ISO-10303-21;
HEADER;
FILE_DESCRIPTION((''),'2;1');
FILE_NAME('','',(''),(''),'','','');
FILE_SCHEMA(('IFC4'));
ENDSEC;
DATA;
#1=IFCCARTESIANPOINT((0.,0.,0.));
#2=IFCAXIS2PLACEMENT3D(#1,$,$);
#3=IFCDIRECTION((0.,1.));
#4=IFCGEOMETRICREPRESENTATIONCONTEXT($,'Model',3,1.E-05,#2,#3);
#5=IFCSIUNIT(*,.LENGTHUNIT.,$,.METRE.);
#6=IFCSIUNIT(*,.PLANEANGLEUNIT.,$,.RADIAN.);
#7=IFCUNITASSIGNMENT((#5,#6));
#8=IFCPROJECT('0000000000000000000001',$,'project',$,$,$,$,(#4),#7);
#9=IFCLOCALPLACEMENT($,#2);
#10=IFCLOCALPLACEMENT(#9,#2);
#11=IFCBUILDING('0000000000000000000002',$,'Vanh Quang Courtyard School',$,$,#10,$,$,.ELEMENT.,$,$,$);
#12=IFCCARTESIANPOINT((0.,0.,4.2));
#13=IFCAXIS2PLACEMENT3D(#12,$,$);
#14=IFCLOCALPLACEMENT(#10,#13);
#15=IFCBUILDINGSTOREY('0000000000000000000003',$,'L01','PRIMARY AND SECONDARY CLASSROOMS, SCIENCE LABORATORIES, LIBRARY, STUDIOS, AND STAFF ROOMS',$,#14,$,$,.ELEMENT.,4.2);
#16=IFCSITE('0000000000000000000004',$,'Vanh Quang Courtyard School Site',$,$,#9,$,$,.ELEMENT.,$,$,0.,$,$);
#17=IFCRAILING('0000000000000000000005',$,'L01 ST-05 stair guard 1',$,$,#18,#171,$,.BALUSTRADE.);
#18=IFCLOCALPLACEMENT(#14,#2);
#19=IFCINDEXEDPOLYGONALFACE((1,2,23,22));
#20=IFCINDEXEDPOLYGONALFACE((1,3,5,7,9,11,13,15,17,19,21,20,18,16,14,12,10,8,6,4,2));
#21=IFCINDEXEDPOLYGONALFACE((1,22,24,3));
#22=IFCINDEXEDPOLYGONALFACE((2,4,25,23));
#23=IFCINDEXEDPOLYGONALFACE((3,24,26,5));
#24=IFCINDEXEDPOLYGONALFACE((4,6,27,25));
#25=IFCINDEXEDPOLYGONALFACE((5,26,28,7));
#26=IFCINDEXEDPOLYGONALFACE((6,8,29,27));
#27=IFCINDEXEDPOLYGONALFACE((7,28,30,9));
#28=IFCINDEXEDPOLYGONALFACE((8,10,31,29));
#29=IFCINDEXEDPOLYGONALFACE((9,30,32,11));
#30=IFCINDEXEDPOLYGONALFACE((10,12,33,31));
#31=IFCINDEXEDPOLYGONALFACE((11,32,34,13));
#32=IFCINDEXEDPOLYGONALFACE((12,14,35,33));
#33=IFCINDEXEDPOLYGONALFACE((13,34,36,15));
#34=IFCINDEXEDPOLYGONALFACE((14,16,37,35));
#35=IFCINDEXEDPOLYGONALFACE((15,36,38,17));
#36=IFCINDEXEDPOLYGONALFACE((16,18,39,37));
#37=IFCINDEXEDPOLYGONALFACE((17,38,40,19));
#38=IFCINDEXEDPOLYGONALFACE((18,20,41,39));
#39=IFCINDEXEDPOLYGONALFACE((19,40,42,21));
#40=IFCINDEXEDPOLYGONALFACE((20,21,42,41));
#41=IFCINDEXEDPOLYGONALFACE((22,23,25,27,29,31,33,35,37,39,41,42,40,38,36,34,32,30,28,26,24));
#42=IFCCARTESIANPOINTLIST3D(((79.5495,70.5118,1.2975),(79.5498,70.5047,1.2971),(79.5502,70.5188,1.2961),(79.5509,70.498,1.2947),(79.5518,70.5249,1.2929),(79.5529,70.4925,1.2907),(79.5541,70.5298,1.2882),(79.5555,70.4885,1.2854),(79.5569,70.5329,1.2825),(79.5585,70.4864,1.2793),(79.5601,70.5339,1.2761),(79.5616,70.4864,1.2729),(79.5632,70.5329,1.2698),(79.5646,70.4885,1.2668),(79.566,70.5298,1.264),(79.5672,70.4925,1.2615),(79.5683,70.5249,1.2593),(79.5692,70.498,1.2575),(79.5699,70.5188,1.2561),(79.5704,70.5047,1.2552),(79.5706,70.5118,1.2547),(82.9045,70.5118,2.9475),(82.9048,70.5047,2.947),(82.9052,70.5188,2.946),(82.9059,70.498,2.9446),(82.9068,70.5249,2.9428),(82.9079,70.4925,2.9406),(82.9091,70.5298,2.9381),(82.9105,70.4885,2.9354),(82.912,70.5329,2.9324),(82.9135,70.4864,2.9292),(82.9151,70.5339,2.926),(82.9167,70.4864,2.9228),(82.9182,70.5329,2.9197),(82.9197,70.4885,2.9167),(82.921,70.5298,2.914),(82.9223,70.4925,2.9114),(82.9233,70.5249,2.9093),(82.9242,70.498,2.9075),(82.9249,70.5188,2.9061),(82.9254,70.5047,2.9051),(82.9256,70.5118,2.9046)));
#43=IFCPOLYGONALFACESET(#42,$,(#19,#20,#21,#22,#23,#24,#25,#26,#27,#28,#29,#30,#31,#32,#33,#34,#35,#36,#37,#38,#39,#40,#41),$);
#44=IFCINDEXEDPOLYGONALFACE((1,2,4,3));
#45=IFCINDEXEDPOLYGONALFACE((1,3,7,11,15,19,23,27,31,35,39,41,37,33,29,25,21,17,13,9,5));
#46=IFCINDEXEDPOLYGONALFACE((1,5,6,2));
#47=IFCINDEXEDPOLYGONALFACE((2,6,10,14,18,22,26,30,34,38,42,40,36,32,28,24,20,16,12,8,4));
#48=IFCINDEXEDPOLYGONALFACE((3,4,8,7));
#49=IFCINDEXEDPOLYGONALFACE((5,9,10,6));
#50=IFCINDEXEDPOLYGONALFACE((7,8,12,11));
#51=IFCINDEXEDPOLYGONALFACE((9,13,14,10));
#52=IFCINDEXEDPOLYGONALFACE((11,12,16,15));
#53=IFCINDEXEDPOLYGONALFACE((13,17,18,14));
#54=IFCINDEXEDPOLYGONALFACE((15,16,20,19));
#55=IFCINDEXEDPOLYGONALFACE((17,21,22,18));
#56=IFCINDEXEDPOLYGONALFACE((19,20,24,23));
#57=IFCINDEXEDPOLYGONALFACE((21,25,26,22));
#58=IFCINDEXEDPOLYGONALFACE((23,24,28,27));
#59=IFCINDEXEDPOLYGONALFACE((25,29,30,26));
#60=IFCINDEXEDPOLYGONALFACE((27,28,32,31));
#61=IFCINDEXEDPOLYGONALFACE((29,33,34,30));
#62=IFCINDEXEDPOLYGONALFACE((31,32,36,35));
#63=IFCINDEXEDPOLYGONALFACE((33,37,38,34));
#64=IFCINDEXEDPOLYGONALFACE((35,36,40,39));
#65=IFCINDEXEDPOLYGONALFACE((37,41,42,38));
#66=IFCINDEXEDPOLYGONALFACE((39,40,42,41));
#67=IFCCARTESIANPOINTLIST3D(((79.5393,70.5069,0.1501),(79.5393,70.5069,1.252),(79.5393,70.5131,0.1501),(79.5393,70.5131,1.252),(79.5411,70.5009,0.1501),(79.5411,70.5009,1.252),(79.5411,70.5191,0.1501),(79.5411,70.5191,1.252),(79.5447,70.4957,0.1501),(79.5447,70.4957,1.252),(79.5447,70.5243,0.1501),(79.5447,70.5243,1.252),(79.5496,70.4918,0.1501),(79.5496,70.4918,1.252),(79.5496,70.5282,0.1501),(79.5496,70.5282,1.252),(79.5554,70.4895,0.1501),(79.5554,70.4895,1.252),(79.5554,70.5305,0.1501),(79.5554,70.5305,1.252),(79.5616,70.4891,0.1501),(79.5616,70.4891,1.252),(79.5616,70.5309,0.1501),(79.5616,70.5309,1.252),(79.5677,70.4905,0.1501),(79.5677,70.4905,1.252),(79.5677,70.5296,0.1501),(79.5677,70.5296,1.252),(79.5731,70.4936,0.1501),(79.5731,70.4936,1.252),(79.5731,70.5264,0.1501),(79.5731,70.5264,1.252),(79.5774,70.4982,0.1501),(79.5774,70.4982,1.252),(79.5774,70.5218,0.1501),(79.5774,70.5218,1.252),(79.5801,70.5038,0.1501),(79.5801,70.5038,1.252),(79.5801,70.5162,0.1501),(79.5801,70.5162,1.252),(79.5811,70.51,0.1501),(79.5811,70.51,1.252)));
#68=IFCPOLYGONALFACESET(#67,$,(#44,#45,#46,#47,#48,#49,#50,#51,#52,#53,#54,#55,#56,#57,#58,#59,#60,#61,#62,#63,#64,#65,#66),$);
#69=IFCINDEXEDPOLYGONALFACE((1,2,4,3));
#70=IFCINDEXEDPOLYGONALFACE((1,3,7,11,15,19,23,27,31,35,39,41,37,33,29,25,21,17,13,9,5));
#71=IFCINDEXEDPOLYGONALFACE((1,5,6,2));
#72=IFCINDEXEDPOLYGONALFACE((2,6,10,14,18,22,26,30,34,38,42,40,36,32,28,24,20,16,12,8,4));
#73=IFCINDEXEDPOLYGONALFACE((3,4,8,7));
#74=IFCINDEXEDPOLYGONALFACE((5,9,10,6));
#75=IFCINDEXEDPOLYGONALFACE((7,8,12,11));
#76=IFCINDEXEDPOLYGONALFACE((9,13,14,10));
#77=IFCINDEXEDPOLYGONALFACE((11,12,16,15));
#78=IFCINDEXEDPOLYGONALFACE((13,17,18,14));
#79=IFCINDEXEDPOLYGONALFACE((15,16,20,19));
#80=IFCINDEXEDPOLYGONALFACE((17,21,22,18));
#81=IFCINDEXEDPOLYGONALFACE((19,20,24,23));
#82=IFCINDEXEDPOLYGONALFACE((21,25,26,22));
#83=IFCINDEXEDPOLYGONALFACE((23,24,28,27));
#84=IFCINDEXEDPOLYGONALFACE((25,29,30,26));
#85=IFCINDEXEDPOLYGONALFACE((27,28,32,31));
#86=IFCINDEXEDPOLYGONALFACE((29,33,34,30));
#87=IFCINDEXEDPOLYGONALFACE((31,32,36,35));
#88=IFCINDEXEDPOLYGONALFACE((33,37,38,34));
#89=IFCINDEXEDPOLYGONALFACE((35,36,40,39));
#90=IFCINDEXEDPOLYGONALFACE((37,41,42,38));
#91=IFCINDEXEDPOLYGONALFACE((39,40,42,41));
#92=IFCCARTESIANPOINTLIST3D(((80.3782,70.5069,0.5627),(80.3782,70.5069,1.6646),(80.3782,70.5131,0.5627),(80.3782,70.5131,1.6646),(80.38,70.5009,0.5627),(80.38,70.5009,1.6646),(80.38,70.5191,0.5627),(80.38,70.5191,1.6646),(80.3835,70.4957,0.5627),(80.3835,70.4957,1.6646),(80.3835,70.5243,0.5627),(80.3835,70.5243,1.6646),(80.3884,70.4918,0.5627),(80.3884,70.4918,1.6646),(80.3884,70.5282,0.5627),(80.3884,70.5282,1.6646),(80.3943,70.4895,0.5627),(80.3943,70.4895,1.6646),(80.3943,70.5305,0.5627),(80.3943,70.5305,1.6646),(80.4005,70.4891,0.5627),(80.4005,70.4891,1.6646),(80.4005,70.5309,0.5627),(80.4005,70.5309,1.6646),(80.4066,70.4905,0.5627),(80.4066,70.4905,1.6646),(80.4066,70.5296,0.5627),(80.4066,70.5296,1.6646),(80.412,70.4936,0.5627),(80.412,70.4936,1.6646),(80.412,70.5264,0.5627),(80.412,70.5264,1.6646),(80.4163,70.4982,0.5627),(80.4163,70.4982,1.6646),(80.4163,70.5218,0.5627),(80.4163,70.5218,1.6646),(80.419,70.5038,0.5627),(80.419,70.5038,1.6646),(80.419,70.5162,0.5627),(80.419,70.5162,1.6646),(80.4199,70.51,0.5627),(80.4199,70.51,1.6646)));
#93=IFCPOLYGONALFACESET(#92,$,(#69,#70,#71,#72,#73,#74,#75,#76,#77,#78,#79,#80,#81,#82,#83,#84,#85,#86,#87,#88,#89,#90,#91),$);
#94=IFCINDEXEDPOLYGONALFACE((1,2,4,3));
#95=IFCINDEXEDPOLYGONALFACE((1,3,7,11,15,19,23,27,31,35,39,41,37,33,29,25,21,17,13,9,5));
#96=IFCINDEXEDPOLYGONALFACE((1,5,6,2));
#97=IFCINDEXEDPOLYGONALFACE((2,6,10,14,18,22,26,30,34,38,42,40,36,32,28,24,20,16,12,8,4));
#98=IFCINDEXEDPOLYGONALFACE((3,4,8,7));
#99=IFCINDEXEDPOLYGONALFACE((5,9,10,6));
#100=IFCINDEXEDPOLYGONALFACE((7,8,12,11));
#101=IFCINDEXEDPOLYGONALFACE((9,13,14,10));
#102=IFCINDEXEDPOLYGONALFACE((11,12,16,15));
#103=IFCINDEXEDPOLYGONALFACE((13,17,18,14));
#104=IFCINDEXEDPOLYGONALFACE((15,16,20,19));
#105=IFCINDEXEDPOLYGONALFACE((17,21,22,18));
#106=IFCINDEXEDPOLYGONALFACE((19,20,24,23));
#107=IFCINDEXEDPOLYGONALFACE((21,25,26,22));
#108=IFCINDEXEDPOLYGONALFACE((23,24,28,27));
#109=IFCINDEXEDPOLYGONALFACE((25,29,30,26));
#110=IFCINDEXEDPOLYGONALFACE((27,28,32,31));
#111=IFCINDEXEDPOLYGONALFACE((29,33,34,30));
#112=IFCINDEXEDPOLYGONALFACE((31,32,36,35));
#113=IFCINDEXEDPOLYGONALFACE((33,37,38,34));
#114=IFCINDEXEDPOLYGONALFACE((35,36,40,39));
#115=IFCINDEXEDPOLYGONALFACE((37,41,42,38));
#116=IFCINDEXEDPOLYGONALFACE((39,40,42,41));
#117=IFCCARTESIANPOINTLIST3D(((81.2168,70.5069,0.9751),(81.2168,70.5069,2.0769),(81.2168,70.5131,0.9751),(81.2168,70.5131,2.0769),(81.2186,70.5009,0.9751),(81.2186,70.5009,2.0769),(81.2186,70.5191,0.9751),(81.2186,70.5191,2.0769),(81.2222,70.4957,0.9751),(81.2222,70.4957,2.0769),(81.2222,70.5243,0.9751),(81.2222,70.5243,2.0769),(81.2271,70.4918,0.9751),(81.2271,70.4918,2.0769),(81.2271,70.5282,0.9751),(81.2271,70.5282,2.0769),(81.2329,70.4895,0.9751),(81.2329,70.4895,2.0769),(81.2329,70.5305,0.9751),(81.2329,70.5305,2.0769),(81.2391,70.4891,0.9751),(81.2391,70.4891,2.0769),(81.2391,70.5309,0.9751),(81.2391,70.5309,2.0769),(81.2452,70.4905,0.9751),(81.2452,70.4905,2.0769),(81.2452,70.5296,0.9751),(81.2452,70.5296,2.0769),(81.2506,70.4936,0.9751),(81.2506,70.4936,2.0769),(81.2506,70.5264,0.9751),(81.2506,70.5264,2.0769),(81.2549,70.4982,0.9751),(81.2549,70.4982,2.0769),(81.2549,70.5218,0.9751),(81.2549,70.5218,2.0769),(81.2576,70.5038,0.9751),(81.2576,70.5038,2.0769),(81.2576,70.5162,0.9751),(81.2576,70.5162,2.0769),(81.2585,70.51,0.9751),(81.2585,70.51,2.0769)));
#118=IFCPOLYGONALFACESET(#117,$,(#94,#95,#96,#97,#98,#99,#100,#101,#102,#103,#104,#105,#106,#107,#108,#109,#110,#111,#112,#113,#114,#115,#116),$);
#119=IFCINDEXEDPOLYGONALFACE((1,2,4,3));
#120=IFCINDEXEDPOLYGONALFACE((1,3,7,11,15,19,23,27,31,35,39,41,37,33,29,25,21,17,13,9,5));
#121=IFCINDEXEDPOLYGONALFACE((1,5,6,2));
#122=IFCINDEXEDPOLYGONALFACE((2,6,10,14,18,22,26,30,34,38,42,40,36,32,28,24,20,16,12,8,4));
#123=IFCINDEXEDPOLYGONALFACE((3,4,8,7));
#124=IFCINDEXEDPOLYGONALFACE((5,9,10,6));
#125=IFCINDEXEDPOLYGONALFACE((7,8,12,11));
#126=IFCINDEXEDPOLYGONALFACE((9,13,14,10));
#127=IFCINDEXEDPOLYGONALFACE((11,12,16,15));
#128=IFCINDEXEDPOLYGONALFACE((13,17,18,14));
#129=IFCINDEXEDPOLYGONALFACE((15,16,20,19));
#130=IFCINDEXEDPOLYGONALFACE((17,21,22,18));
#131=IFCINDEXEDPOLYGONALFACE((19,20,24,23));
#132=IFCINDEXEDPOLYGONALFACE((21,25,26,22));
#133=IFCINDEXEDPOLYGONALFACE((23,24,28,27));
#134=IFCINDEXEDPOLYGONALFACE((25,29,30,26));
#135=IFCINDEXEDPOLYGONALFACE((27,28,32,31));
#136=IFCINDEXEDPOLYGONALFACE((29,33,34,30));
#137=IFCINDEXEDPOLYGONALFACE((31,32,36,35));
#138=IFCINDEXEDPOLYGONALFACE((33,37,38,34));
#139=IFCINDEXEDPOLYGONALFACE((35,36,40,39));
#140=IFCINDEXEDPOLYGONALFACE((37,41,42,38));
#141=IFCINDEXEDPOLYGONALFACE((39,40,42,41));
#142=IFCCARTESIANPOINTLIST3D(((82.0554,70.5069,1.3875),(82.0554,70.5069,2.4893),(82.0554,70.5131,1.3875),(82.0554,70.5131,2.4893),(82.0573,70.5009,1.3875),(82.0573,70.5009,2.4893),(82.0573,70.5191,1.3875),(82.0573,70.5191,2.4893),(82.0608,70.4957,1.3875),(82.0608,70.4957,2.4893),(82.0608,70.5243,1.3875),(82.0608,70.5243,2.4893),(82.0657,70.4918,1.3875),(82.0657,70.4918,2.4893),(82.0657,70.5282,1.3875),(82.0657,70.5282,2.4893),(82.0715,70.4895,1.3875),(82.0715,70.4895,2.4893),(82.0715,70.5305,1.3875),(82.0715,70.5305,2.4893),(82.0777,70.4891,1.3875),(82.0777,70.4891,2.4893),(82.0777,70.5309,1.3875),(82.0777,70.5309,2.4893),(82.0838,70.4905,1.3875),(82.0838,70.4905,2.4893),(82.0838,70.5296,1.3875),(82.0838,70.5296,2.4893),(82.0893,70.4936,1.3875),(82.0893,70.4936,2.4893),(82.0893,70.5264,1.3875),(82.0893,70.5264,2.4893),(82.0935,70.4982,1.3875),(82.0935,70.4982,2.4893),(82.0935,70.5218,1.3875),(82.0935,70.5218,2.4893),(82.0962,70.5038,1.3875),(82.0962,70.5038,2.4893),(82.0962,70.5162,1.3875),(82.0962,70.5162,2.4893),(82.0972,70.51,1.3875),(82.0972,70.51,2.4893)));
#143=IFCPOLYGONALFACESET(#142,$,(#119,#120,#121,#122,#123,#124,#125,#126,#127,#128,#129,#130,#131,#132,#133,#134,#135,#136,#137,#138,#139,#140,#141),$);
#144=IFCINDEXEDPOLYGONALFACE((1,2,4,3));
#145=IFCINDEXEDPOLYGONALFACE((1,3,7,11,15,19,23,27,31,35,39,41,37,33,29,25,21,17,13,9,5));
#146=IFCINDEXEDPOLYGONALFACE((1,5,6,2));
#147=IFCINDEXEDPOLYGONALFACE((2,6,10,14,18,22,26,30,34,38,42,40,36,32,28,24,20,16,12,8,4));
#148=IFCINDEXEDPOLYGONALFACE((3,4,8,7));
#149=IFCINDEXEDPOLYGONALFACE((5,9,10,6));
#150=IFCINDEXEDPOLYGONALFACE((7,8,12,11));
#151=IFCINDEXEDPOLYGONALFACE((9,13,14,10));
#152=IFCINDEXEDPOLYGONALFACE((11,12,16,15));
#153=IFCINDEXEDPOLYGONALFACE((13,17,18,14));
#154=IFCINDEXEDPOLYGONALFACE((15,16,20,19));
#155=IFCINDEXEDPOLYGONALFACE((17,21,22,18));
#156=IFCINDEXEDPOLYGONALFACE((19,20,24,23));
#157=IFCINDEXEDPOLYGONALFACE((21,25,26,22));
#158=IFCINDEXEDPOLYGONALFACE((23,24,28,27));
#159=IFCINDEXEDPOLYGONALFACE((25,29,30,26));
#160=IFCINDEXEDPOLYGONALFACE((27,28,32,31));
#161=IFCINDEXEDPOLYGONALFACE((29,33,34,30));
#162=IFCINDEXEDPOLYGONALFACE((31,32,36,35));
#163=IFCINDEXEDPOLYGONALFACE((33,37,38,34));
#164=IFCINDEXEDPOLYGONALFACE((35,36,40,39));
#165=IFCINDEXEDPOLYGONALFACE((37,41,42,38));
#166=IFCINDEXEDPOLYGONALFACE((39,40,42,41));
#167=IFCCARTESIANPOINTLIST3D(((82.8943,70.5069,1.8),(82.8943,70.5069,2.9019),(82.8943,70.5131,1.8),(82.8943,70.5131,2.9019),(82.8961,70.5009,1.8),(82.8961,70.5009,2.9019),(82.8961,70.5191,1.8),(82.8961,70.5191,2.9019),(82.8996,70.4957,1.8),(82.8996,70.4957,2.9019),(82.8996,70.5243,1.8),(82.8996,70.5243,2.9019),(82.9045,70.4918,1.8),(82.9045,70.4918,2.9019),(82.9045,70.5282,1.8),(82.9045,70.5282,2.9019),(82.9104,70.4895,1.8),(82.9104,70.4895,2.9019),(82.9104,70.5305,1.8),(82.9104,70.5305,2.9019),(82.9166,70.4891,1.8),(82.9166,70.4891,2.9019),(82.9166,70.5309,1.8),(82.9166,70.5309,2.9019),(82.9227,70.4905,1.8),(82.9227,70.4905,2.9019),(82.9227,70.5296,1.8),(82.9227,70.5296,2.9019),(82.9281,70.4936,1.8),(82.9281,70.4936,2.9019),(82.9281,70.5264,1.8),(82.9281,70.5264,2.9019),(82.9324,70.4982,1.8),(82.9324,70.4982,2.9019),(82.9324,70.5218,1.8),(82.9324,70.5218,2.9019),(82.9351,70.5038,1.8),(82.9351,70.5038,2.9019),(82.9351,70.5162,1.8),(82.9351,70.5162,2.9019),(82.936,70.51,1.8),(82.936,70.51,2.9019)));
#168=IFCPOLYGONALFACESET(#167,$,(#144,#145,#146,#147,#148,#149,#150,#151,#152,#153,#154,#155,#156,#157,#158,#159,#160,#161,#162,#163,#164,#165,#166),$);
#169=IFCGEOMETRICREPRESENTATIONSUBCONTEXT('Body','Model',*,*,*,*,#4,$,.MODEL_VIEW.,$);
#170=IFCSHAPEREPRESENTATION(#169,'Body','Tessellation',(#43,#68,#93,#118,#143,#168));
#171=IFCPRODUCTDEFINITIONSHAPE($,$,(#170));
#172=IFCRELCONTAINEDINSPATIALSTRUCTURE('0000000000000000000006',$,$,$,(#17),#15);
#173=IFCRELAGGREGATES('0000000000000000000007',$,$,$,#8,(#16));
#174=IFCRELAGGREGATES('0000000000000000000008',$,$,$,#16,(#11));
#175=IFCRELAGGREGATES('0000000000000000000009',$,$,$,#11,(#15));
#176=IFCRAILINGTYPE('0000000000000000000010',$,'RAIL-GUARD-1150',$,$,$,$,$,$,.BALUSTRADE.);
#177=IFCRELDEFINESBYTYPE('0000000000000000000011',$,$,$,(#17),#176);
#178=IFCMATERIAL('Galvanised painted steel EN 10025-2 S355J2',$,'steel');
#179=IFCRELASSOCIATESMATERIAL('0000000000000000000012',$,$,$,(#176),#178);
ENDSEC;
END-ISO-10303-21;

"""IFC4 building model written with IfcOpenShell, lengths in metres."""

from ifc_helpers import new_model, si_unit, direction, frame, origin, origin_2d, place, context, subcontext, project, spatial, circle, extrude, material, type_object, element, save


model = new_model("IFC4")

# Units and contexts
model_context = context("Model", 3, precision=1e-05, world=origin(), true_north=direction((0.0, 1.0)))
body_context = subcontext(model_context, "Body", "Model", "MODEL_VIEW")
ifc_project = project(units=[si_unit("LENGTHUNIT", "METRE"), si_unit("PLANEANGLEUNIT", "RADIAN")], contexts=[model_context])

# Site, building, storey
site_placement = place(None, origin())
site = spatial("IfcSite", under=ifc_project, at=site_placement, Name="Vanh Quang Courtyard School Site", CompositionType="ELEMENT", RefElevation=0.0)
building_placement = place(site_placement, origin())
building = spatial("IfcBuilding", under=site, at=building_placement, Name="Vanh Quang Courtyard School", CompositionType="ELEMENT")
storey_placement = place(building_placement, frame((0.0, 0.0, 4.2)))
storey = spatial("IfcBuildingStorey", under=building, at=storey_placement, Name="L01", Description="PRIMARY AND SECONDARY CLASSROOMS, SCIENCE LABORATORIES, LIBRARY, STUDIOS, AND STAFF ROOMS", CompositionType="ELEMENT", Elevation=4.2)

# Railing
ifc_material_1 = material(Name="Galvanised painted steel EN 10025-2 S355J2", Category="steel")
railing_type_1 = type_object("IfcRailingType", Name="RAIL-GUARD-1150", PredefinedType="BALUSTRADE", material=ifc_material_1)
railing_1_placement = place(storey_placement, frame((79.5601, 70.51, 0.1501)))
element("IfcRailing", 1, at=railing_1_placement, inside=storey, type_object=railing_type_1, Name="L01 ST-05 stair guard 1", PredefinedType="BALUSTRADE", context=body_context, shape_type="SweptSolid", body=[
    extrude(circle(Radius=0.0239, at=origin_2d()), frame((0.0, 0.0, 1.126), z_axis=(0.897359, 0.0, 0.441301), x_axis=(0.0, 1.0, 0.0)), (0.0, 0.0, 1.0), 3.7388),
    extrude(circle(Radius=0.021, at=origin_2d()), origin(), (0.0, 0.0, 1.0), 1.1018),
    extrude(circle(Radius=0.021, at=origin_2d()), frame((0.8389, 0.0, 0.4126)), (0.0, 0.0, 1.0), 1.1018),
    extrude(circle(Radius=0.021, at=origin_2d()), frame((1.6775, 0.0, 0.825)), (0.0, 0.0, 1.0), 1.1018),
    extrude(circle(Radius=0.021, at=origin_2d()), frame((2.5161, 0.0, 1.2373)), (0.0, 0.0, 1.0), 1.1018),
    extrude(circle(Radius=0.021, at=origin_2d()), frame((3.355, 0.0, 1.6499)), (0.0, 0.0, 1.0), 1.1018),
])

save(model, "model.ifc")
